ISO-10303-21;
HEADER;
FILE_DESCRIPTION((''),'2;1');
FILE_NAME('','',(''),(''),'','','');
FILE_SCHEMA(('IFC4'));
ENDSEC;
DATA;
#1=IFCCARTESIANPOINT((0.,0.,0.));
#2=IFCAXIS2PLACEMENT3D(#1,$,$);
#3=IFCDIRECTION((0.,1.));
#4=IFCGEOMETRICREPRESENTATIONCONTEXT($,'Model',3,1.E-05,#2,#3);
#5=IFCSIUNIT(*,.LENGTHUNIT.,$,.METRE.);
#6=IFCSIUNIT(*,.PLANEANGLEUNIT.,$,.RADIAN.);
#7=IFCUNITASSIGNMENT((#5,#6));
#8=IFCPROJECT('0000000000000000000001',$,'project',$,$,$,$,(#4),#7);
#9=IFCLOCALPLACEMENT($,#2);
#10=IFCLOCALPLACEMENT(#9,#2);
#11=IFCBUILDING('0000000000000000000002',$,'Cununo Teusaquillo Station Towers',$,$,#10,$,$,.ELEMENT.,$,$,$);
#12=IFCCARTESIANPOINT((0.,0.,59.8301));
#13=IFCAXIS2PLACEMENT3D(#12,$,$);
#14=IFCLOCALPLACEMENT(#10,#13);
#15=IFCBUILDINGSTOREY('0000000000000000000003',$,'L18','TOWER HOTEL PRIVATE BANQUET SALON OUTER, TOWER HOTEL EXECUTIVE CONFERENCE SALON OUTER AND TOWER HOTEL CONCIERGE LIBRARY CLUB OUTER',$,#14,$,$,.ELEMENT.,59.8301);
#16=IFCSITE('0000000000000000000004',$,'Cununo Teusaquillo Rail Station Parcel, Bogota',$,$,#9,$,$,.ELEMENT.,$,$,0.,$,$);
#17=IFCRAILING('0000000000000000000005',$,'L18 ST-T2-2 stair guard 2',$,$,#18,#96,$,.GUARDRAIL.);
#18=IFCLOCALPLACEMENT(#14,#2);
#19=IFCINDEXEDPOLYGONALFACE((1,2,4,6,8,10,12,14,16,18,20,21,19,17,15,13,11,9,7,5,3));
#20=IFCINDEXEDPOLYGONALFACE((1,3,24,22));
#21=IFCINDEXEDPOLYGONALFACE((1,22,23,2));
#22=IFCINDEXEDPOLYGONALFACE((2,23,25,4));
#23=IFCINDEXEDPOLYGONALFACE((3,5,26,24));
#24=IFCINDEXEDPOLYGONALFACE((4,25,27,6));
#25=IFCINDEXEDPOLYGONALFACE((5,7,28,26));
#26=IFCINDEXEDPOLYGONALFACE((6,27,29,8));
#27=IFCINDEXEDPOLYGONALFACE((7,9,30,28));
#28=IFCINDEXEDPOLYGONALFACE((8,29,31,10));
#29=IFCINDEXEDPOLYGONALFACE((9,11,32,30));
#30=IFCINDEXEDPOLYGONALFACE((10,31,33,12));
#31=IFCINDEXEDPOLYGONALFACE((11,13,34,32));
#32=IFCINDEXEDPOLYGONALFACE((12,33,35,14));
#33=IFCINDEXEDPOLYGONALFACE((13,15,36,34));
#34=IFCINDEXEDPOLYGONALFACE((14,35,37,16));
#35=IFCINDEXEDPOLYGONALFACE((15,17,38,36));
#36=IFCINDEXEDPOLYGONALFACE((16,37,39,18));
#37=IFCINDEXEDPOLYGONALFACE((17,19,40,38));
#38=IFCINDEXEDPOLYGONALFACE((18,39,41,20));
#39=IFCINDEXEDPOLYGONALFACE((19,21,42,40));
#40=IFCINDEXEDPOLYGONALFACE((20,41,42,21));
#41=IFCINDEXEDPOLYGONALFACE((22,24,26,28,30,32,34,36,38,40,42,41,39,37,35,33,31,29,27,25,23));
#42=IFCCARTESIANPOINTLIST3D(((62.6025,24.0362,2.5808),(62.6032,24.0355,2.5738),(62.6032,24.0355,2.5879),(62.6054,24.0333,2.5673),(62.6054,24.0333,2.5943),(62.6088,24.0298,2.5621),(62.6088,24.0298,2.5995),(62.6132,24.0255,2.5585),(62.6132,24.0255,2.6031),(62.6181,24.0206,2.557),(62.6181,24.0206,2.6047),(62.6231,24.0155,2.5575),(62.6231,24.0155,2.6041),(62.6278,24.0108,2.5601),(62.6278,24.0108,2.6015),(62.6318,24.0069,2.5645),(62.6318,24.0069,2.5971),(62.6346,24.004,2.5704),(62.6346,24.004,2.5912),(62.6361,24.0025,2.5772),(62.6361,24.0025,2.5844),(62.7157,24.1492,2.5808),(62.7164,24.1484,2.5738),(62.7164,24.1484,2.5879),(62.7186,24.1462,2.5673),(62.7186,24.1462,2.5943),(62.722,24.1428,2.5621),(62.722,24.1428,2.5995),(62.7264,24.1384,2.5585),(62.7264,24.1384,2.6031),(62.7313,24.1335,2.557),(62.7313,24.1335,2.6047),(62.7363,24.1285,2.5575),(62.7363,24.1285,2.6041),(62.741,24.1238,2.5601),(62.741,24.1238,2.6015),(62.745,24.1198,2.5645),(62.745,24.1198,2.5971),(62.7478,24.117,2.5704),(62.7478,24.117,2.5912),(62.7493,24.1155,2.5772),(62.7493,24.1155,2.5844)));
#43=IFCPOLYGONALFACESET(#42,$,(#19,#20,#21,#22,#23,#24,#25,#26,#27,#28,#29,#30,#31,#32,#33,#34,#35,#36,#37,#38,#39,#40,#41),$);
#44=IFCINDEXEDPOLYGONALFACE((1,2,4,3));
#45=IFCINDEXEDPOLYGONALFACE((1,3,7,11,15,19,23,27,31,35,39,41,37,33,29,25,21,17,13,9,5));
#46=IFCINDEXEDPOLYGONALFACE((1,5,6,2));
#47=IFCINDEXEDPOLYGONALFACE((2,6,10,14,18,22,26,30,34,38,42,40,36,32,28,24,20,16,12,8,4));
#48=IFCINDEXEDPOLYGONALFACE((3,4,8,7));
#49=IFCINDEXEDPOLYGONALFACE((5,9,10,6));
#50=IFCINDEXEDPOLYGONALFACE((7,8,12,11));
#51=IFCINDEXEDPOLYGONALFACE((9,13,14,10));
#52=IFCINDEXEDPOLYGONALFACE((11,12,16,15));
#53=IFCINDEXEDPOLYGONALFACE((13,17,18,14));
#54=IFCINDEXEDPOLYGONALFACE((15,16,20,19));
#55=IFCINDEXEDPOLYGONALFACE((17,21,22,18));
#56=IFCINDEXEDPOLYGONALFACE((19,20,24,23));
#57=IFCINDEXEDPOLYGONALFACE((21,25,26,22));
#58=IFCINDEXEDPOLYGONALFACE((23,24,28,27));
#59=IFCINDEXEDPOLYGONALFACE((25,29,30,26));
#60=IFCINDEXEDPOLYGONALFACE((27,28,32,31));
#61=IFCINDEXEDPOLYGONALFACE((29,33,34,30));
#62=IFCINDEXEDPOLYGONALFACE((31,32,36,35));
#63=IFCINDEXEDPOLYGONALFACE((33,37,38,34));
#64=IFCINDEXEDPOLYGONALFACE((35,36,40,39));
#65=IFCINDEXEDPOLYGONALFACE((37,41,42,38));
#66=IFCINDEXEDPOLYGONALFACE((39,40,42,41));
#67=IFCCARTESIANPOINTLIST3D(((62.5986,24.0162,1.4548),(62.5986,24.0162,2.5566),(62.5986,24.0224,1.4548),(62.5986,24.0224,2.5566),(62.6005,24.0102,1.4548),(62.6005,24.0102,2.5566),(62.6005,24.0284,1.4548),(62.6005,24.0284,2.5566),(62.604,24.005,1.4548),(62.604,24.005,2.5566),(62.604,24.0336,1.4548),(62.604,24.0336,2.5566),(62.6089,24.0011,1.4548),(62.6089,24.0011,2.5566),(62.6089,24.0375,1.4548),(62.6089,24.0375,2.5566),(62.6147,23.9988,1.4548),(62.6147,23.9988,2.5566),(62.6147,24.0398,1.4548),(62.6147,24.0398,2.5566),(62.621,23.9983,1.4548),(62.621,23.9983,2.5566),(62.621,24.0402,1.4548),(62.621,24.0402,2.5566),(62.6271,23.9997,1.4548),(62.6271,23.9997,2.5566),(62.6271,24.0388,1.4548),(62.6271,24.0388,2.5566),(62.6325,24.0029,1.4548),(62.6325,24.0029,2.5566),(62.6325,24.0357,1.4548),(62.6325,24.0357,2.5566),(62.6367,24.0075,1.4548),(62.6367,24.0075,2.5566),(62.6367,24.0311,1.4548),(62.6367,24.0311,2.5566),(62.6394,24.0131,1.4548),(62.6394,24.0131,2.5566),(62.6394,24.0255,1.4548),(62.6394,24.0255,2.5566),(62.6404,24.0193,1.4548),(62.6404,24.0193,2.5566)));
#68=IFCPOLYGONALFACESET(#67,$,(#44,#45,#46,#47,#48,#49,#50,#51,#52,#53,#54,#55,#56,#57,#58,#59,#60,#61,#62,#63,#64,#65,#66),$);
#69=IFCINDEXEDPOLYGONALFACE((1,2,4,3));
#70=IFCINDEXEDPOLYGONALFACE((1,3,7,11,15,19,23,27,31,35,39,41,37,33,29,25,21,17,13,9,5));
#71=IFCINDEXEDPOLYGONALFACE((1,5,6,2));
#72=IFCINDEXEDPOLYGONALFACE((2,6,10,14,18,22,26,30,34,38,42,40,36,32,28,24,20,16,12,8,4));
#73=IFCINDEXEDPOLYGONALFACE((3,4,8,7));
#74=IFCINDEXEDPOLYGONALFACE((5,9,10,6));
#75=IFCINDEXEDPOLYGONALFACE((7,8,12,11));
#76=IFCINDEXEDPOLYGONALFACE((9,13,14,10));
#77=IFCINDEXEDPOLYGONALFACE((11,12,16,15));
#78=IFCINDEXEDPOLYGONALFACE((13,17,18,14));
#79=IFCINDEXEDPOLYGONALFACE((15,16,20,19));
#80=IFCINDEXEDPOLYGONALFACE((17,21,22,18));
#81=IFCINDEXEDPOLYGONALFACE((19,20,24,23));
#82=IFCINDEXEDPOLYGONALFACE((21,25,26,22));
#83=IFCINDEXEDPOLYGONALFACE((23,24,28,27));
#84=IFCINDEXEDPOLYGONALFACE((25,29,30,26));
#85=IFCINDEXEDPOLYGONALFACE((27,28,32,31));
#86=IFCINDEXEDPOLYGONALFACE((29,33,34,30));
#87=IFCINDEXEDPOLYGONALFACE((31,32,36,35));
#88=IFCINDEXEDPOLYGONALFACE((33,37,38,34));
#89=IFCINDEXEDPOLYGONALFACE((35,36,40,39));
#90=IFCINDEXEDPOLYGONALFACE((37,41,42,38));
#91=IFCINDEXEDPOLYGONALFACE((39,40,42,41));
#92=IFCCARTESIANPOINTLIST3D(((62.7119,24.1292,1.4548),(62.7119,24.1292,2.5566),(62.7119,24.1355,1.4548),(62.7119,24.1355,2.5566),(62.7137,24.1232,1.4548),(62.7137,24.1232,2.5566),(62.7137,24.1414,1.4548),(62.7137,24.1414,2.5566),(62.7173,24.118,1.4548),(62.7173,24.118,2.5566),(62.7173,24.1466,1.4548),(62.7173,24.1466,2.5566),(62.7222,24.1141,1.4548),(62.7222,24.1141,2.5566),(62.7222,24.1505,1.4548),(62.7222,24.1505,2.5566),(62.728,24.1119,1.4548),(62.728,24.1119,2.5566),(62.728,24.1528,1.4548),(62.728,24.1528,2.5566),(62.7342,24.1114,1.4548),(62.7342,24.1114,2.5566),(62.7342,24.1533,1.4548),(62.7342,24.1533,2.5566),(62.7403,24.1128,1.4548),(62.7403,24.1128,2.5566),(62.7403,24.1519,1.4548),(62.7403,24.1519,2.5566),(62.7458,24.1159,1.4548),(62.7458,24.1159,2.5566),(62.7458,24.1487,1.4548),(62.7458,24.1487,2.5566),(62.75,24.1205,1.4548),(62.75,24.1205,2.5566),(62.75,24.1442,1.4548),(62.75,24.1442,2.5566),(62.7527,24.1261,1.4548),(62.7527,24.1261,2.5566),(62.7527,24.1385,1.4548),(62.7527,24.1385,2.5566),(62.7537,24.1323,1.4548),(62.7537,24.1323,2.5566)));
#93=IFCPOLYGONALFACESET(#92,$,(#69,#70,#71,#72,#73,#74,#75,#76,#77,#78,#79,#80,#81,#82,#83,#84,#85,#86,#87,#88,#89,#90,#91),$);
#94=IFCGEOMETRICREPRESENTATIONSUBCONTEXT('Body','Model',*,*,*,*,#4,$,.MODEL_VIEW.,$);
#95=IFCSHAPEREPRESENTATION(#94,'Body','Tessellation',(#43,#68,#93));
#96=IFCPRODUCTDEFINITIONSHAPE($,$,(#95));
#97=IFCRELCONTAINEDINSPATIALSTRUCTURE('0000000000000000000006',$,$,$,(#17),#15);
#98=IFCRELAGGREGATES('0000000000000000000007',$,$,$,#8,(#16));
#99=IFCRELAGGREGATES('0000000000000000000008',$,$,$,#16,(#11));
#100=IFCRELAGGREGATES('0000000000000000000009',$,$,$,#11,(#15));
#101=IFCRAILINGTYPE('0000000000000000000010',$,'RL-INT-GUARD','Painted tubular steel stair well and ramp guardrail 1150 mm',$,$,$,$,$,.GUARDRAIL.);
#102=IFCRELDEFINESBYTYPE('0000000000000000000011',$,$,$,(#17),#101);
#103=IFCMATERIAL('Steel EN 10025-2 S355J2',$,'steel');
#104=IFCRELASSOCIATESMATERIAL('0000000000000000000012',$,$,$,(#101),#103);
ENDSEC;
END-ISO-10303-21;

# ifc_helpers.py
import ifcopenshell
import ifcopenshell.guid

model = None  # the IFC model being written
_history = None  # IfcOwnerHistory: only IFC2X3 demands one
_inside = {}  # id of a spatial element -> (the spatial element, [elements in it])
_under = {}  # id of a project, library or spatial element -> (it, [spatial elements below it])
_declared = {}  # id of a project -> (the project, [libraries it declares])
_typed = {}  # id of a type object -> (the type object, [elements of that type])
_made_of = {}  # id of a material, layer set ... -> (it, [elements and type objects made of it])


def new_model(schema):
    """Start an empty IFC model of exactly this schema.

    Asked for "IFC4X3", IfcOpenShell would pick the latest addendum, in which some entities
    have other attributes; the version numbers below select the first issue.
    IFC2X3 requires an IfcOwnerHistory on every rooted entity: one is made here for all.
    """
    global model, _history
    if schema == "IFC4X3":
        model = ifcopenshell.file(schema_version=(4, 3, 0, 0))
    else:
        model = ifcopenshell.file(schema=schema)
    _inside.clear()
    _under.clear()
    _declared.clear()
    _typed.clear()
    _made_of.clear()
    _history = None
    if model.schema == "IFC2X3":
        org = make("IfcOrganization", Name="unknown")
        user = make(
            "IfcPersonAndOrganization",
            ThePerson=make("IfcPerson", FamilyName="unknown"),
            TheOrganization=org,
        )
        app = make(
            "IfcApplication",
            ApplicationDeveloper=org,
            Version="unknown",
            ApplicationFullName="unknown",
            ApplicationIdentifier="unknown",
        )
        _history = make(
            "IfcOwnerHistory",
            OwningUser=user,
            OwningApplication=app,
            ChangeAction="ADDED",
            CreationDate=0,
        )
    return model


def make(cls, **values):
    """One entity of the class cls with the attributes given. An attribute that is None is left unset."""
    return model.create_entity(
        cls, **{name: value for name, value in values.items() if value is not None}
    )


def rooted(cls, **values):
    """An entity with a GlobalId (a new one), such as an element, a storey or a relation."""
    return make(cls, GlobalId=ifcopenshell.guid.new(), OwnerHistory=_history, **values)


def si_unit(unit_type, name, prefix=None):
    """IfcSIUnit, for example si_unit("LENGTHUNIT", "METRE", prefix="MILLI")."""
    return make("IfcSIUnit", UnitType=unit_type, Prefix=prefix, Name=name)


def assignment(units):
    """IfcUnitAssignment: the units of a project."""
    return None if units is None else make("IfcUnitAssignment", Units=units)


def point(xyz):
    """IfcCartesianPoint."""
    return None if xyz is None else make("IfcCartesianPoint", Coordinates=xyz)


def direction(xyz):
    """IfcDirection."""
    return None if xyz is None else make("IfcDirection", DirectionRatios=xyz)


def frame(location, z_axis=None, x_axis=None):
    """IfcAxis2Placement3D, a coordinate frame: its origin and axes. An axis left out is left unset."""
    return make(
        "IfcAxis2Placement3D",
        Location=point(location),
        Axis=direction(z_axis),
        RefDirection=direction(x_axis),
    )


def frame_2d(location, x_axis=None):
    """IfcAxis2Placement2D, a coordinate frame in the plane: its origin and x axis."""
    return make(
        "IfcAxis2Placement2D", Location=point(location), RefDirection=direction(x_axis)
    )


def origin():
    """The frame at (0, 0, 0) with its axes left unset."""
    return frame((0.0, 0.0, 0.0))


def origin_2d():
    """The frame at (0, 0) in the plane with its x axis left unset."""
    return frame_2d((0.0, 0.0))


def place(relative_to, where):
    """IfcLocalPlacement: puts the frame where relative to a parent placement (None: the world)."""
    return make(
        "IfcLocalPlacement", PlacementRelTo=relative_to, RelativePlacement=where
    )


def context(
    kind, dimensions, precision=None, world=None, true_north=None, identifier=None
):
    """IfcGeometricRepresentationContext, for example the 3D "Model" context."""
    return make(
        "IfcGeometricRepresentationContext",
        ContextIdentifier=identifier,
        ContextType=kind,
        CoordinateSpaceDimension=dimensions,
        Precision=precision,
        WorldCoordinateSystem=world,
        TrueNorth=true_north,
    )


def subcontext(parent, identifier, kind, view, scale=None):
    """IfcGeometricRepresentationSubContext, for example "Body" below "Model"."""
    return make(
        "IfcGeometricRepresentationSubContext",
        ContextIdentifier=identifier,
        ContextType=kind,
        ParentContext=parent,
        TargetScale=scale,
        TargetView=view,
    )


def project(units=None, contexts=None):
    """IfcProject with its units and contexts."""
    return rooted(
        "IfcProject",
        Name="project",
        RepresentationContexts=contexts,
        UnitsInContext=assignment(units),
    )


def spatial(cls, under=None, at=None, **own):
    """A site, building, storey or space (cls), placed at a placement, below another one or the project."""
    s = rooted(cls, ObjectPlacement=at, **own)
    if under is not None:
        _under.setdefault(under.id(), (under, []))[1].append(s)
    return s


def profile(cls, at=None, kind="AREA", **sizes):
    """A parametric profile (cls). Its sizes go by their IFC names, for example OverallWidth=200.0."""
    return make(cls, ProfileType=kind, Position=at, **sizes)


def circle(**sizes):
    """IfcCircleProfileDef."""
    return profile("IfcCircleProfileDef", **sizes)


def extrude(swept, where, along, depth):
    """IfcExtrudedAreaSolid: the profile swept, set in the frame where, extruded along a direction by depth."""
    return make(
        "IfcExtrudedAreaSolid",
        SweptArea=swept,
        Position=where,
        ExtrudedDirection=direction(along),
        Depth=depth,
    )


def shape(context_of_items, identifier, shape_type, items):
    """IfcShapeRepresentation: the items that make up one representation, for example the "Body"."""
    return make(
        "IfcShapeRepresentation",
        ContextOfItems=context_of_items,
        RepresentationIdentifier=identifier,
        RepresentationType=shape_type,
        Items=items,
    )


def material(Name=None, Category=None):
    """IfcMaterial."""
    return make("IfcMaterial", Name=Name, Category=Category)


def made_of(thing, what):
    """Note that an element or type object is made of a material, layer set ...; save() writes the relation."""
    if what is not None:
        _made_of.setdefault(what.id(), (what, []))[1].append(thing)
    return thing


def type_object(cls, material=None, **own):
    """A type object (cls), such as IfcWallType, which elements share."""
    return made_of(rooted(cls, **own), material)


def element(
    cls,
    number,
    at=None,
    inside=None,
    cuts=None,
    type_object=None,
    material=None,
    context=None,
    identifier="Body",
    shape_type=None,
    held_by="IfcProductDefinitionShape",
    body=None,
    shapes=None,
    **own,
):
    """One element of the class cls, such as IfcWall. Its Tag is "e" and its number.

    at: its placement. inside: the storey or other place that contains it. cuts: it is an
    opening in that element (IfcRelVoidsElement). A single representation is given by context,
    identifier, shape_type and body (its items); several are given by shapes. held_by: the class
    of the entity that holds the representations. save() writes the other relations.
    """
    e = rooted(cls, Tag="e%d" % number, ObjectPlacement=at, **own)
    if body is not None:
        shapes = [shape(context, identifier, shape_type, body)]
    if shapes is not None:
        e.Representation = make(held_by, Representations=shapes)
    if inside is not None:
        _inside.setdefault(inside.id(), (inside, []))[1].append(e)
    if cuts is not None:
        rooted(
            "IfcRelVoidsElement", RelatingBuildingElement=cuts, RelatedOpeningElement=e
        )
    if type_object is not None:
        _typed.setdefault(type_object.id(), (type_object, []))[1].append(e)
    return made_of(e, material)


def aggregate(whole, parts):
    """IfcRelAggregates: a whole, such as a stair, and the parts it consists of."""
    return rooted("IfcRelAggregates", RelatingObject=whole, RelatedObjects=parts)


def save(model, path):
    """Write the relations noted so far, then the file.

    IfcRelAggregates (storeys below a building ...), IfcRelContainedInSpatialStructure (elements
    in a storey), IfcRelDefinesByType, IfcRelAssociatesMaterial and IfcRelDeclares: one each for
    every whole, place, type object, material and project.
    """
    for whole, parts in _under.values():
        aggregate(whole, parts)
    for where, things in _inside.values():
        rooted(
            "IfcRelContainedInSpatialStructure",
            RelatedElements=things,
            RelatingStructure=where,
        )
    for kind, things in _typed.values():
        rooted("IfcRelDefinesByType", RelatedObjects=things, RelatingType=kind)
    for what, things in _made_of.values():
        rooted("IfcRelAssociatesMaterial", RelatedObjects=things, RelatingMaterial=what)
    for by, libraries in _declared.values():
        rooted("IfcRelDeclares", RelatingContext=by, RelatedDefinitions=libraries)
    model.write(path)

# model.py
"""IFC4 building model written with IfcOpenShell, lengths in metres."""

from ifc_helpers import new_model, si_unit, direction, frame, origin, origin_2d, place, context, subcontext, project, spatial, circle, extrude, material, type_object, element, save


model = new_model("IFC4")

# Units and contexts
model_context = context("Model", 3, precision=1e-05, world=origin(), true_north=direction((0.0, 1.0)))
body_context = subcontext(model_context, "Body", "Model", "MODEL_VIEW")
ifc_project = project(units=[si_unit("LENGTHUNIT", "METRE"), si_unit("PLANEANGLEUNIT", "RADIAN")], contexts=[model_context])

# Site, building, storey
site_placement = place(None, origin())
site = spatial("IfcSite", under=ifc_project, at=site_placement, Name="Cununo Teusaquillo Rail Station Parcel, Bogota", CompositionType="ELEMENT", RefElevation=0.0)
building_placement = place(site_placement, origin())
building = spatial("IfcBuilding", under=site, at=building_placement, Name="Cununo Teusaquillo Station Towers", CompositionType="ELEMENT")
storey_placement = place(building_placement, frame((0.0, 0.0, 59.8301)))
storey = spatial("IfcBuildingStorey", under=building, at=storey_placement, Name="L18", Description="TOWER HOTEL PRIVATE BANQUET SALON OUTER, TOWER HOTEL EXECUTIVE CONFERENCE SALON OUTER AND TOWER HOTEL CONCIERGE LIBRARY CLUB OUTER", CompositionType="ELEMENT", Elevation=59.8301)

# Railing
ifc_material_1 = material(Name="Steel EN 10025-2 S355J2", Category="steel")
railing_type_1 = type_object("IfcRailingType", Name="RL-INT-GUARD", Description="Painted tubular steel stair well and ramp guardrail 1150 mm", PredefinedType="GUARDRAIL", material=ifc_material_1)
railing_1_placement = place(storey_placement, frame((62.6194, 24.0193, 1.4548)))
element("IfcRailing", 1, at=railing_1_placement, inside=storey, type_object=railing_type_1, Name="L18 ST-T2-2 stair guard 2", PredefinedType="GUARDRAIL", context=body_context, shape_type="SweptSolid", body=[
    extrude(circle(Radius=0.0239, at=origin_2d()), frame((0.0, 0.0, 1.126), z_axis=(0.707869, 0.706344, 0.0), x_axis=(-0.706344, 0.707869, 0.0)), (0.0, 0.0, 1.0), 0.1599),
    extrude(circle(Radius=0.021, at=origin_2d()), origin(), (0.0, 0.0, 1.0), 1.1018),
    extrude(circle(Radius=0.021, at=origin_2d()), frame((0.1133, 0.113, 0.0)), (0.0, 0.0, 1.0), 1.1018),
])

save(model, "model.ifc")
